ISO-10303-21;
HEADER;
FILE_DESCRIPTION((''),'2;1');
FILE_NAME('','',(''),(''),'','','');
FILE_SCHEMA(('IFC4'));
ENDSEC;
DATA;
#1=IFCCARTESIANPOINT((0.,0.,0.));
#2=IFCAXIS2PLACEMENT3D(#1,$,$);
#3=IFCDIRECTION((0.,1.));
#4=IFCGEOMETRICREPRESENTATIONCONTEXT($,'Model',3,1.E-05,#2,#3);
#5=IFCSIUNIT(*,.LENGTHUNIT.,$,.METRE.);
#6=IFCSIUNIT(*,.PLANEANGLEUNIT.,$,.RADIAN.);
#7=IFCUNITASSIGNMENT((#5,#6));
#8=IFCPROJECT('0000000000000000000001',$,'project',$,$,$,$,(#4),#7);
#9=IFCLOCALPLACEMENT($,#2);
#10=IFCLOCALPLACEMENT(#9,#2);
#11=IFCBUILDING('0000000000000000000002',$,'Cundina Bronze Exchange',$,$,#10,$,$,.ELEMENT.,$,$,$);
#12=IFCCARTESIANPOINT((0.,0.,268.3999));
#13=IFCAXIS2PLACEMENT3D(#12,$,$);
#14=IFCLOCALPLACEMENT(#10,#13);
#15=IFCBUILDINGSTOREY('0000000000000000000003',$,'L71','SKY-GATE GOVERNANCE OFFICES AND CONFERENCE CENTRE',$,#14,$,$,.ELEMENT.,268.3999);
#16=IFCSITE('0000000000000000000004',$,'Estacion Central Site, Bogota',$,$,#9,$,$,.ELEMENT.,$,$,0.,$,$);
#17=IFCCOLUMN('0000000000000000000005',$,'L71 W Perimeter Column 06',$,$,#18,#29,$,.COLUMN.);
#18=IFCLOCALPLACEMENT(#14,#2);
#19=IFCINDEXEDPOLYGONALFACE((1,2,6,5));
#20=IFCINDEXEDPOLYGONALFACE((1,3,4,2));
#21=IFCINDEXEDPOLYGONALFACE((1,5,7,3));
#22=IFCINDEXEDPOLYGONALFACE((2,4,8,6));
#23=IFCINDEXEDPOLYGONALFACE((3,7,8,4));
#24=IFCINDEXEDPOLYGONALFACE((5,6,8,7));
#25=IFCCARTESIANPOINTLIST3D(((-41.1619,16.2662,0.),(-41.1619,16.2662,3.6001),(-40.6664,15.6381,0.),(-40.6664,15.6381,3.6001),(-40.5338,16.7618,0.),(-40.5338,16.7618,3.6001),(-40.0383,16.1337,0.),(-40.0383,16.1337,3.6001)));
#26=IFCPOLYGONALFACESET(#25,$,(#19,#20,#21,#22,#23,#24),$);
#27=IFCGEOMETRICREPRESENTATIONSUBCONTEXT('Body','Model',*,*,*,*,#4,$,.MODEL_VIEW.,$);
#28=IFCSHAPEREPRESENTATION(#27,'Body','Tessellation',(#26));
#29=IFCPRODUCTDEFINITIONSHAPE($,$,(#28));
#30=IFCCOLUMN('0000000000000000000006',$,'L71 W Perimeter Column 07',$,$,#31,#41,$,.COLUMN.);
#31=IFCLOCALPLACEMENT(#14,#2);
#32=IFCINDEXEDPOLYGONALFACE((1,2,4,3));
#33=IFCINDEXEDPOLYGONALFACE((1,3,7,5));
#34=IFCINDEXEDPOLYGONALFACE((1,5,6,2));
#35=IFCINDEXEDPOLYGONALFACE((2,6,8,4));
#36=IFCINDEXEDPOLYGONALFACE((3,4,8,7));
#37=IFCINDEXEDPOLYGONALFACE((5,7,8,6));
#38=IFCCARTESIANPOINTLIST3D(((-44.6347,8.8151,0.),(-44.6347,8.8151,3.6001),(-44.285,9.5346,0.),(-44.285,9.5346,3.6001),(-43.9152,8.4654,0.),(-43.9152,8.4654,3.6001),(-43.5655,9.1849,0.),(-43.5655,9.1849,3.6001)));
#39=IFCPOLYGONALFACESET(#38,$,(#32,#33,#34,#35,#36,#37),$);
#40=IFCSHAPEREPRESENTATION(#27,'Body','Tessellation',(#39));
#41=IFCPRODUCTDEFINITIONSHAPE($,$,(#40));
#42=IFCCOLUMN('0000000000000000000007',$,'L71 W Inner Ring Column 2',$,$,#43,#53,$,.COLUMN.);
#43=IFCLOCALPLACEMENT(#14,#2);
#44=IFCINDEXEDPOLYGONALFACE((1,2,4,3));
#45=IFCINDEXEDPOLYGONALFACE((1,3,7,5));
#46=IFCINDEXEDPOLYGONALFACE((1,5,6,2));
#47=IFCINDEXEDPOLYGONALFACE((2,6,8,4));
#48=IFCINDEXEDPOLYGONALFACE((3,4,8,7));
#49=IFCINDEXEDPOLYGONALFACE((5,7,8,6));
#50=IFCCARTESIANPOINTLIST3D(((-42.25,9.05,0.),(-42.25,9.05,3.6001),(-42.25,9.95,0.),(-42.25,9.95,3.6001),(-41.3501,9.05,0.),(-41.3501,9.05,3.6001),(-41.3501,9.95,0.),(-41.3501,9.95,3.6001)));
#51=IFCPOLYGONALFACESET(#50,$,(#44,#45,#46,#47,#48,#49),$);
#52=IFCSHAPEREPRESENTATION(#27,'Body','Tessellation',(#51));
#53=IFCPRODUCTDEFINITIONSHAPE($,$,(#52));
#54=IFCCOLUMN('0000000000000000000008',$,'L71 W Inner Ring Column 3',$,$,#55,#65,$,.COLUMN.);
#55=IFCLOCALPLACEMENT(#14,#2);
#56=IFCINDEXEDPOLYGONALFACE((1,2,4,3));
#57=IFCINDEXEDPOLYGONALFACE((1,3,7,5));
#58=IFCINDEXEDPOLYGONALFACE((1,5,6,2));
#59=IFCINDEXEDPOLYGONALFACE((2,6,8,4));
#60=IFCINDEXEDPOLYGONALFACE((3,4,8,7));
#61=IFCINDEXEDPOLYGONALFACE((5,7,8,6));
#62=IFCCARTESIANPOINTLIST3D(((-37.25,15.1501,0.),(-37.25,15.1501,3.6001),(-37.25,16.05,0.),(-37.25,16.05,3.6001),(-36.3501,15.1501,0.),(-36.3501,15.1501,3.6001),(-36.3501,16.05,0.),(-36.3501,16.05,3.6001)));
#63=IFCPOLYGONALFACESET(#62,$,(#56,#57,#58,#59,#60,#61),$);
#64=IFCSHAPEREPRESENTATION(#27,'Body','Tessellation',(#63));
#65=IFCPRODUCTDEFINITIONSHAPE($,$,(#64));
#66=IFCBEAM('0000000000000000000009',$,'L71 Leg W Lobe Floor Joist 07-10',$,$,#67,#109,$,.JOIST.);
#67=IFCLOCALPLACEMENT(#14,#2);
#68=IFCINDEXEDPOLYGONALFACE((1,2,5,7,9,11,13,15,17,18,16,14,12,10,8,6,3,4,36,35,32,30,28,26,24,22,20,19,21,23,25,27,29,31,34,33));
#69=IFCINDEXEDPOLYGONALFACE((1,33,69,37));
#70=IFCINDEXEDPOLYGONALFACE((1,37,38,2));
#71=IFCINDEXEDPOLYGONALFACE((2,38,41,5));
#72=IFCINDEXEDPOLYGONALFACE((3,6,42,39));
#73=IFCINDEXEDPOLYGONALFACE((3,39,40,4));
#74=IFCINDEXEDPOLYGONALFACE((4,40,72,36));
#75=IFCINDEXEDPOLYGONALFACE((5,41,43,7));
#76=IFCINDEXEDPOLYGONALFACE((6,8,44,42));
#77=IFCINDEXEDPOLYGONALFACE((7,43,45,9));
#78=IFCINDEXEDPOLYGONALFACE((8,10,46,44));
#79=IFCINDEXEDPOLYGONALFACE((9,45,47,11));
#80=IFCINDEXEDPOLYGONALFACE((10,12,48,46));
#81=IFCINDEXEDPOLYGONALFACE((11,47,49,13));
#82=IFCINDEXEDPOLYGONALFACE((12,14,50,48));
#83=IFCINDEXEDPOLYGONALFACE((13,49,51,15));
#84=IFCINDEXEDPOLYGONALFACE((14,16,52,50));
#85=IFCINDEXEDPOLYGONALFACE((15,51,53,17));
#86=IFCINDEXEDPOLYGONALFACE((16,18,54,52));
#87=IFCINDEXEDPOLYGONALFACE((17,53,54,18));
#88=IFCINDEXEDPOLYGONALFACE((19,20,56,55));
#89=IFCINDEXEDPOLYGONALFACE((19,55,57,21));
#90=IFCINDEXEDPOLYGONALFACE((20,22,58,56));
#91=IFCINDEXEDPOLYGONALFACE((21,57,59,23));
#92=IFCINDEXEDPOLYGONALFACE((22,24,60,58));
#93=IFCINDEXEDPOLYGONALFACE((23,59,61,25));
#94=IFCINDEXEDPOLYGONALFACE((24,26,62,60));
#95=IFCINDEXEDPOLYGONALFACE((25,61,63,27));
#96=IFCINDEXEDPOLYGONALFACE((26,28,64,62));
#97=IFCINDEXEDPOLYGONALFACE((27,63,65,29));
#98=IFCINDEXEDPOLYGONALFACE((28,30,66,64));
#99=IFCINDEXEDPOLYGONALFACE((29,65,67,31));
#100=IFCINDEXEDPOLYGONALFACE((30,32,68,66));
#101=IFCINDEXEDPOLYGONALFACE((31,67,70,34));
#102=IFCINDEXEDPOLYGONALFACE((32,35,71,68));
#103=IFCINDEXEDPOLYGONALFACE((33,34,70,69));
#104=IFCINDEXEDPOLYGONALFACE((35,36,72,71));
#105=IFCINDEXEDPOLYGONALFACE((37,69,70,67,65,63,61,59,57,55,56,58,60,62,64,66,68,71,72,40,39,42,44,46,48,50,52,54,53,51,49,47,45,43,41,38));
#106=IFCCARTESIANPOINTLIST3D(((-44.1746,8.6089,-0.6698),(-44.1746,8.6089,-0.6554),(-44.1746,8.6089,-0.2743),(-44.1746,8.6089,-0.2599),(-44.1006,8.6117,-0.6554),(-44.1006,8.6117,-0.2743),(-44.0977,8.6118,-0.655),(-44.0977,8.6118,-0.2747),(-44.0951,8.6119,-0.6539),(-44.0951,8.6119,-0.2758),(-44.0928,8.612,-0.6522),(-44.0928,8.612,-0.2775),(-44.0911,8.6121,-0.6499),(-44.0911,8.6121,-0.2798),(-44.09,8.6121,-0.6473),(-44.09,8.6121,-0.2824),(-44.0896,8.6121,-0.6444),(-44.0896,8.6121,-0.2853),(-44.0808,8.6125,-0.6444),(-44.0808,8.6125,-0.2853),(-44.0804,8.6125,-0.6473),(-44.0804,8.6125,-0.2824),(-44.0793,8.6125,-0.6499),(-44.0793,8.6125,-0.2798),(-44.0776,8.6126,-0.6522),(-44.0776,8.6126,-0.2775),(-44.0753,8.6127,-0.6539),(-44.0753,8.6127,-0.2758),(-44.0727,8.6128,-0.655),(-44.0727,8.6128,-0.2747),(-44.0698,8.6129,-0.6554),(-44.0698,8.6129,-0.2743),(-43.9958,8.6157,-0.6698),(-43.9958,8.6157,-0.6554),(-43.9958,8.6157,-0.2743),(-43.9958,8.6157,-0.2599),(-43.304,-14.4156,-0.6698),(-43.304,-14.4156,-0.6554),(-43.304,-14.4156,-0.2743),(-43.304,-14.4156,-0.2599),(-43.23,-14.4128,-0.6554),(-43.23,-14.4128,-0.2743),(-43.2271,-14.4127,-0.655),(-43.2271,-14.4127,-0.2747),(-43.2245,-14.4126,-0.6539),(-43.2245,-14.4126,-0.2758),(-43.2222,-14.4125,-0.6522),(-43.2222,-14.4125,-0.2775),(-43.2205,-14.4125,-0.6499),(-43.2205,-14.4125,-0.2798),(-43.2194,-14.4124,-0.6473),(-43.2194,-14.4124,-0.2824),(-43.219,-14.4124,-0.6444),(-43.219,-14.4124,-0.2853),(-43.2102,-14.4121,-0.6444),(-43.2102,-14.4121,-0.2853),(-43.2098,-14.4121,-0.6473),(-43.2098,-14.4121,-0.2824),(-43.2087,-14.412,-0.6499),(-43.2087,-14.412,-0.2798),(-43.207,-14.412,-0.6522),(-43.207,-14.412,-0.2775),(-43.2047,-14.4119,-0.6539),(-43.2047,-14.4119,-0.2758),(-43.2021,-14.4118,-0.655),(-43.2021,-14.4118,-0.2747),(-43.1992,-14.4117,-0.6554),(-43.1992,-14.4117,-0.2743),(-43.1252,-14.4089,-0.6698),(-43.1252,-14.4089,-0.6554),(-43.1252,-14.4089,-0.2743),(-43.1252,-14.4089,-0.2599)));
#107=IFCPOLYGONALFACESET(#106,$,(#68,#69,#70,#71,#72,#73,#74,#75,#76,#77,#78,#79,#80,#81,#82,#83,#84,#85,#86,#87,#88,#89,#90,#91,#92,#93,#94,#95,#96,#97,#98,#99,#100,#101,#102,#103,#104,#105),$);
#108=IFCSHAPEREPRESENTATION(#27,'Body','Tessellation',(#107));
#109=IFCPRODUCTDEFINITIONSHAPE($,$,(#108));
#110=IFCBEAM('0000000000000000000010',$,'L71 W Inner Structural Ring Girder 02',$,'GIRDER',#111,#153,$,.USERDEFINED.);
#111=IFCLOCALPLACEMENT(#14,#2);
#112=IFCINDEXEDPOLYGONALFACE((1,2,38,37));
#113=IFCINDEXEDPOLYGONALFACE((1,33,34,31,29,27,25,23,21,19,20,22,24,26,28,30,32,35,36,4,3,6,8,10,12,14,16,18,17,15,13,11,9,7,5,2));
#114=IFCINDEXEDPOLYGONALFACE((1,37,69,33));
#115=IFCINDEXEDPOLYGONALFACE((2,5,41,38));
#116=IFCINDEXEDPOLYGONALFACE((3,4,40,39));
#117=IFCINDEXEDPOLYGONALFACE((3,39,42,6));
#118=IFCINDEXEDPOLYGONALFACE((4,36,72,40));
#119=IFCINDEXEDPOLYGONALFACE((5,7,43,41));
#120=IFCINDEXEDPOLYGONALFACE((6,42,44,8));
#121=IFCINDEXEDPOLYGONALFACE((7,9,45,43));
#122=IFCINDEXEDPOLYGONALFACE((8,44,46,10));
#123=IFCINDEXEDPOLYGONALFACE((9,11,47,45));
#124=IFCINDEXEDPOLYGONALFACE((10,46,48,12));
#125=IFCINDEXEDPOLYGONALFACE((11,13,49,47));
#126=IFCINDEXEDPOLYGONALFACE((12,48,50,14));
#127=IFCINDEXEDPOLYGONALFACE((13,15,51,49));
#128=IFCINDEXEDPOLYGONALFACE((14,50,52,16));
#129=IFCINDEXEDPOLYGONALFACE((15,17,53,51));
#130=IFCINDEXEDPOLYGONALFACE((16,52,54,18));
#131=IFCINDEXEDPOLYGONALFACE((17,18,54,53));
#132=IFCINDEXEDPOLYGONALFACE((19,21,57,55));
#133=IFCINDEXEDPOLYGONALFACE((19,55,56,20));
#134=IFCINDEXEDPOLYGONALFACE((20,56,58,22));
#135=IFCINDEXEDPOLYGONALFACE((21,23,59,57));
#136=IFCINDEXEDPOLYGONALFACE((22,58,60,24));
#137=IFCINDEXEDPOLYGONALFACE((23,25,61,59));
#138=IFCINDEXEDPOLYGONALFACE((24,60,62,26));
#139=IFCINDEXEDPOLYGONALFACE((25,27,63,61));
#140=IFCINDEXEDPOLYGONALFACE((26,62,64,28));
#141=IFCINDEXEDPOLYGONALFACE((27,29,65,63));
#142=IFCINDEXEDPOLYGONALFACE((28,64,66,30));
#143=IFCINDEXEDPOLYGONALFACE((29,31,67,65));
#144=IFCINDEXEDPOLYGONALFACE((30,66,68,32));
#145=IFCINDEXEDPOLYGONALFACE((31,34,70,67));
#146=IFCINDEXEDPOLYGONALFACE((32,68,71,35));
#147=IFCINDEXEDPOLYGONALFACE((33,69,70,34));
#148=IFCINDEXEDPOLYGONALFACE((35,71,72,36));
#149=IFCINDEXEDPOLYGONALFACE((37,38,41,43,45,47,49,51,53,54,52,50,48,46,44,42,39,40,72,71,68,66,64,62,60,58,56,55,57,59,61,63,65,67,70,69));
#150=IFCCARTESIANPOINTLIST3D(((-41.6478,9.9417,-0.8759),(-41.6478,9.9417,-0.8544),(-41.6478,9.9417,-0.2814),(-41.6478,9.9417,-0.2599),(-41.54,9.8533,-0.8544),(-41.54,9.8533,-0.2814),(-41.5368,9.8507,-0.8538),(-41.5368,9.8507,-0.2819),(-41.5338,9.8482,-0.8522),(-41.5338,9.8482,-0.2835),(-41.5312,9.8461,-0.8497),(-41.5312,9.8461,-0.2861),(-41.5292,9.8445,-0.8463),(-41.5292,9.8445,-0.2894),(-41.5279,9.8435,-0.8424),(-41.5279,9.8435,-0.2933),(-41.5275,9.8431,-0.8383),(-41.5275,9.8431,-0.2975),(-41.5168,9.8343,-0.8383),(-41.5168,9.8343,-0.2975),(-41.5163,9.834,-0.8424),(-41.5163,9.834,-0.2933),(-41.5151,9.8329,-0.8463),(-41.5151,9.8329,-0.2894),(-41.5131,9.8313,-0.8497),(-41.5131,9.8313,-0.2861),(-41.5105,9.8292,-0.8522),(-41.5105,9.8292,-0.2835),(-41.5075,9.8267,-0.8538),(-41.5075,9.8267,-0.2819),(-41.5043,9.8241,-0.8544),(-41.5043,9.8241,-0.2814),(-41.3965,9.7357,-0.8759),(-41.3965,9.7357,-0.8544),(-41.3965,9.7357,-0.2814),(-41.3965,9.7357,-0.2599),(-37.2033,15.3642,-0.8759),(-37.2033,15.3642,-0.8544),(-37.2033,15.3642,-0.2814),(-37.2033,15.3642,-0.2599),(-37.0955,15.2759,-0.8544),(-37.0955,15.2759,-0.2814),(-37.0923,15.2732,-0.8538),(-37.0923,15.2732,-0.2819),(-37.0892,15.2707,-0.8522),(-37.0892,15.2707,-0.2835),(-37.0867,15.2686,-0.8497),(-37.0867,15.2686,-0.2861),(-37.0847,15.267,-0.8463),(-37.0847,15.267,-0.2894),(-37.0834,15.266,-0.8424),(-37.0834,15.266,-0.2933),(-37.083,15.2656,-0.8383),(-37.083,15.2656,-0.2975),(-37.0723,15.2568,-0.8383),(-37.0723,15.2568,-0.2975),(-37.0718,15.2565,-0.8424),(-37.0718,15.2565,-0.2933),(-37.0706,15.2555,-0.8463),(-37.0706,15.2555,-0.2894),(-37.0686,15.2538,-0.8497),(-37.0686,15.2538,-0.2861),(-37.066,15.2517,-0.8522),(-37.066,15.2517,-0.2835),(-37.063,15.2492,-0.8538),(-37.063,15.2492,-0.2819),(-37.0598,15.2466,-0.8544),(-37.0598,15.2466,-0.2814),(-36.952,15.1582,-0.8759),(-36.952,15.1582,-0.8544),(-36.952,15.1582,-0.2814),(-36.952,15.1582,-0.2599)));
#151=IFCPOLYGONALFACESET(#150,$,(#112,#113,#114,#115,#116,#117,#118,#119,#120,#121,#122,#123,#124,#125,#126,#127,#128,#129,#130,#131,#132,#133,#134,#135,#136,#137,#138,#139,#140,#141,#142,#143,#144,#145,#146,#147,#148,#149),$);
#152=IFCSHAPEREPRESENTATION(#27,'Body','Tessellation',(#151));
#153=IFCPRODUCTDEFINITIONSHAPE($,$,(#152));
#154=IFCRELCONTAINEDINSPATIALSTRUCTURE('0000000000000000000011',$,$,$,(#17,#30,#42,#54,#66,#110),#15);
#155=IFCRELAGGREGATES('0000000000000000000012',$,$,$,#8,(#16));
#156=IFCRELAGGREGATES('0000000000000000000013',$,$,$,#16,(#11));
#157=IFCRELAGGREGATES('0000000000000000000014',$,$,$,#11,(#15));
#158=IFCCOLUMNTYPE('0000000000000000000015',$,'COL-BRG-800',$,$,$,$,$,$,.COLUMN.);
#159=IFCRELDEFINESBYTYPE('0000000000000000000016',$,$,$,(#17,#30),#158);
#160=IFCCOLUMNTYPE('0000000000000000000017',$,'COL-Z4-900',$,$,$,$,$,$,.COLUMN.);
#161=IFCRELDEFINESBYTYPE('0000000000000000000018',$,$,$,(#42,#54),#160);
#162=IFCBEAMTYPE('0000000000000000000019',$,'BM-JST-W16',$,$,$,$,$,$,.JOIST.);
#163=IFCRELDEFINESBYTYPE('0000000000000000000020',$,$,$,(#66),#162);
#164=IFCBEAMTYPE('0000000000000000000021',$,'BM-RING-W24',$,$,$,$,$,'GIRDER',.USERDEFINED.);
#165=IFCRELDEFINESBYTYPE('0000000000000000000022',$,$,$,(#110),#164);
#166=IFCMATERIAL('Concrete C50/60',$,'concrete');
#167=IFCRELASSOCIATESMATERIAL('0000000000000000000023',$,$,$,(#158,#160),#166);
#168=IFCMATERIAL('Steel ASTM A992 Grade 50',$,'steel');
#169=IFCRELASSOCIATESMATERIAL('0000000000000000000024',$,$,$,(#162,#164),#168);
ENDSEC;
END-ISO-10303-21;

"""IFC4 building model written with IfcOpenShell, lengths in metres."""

from ifc_helpers import new_model, si_unit, direction, frame, origin, origin_2d, place, context, subcontext, project, spatial, rectangle, i_section, extrude, material, material_profile, profile_set, type_object, element, save


model = new_model("IFC4")

# Units and contexts
model_context = context("Model", 3, precision=1e-05, world=origin(), true_north=direction((0.0, 1.0)))
body_context = subcontext(model_context, "Body", "Model", "MODEL_VIEW")
ifc_project = project(units=[si_unit("LENGTHUNIT", "METRE"), si_unit("PLANEANGLEUNIT", "RADIAN")], contexts=[model_context])

# Site, building, storey
site_placement = place(None, origin())
site = spatial("IfcSite", under=ifc_project, at=site_placement, Name="Estacion Central Site, Bogota", CompositionType="ELEMENT", RefElevation=0.0)
building_placement = place(site_placement, origin())
building = spatial("IfcBuilding", under=site, at=building_placement, Name="Cundina Bronze Exchange", CompositionType="ELEMENT")
storey_placement = place(building_placement, frame((0.0, 0.0, 268.3999)))
storey = spatial("IfcBuildingStorey", under=building, at=storey_placement, Name="L71", Description="SKY-GATE GOVERNANCE OFFICES AND CONFERENCE CENTRE", CompositionType="ELEMENT", Elevation=268.3999)

# Columns
ifc_material_1 = material(Name="Concrete C50/60", Category="concrete")
ifc_material_profile_1 = material_profile(ifc_material_1, rectangle(XDim=0.8, YDim=0.8, at=origin_2d()), Name="RC800X800", Category="concrete")
ifc_profile_set_1 = profile_set([ifc_material_profile_1], Name="Concrete C50/60")
column_type_1 = type_object("IfcColumnType", Name="COL-BRG-800", PredefinedType="COLUMN", material=ifc_profile_set_1)
for number, where, z_axis, x_axis, name in (
    (1, (-40.6001, 16.2, 0.0), (0.0, 0.0, 1.0), (-0.785101, -0.619368, 0.0), "L71 W Perimeter Column 06"),
    (2, (-44.1001, 9.0, 0.0), (0.0, 0.0, 1.0), (-0.437116, -0.899405, 0.0), "L71 W Perimeter Column 07"),
):
    element("IfcColumn", number, at=place(storey_placement, frame(where, z_axis=z_axis, x_axis=x_axis)), inside=storey, type_object=column_type_1, Name=name, PredefinedType="COLUMN", context=body_context, shape_type="SweptSolid", body=[
        extrude(rectangle(XDim=0.8, YDim=0.8, at=origin_2d()), origin(), (0.0, 0.0, 1.0), 3.6001),
    ])
ifc_material_profile_2 = material_profile(ifc_material_1, rectangle(XDim=0.8999, YDim=0.8999, at=origin_2d()), Name="RC900X900", Category="concrete")
ifc_profile_set_2 = profile_set([ifc_material_profile_2], Name="Concrete C50/60")
column_type_2 = type_object("IfcColumnType", Name="COL-Z4-900", PredefinedType="COLUMN", material=ifc_profile_set_2)
for number, where, z_axis, x_axis, name in (
    (3, (-41.8, 9.5, 0.0), (0.0, 0.0, 1.0), (1.0, 0.0, 0.0), "L71 W Inner Ring Column 2"),
    (4, (-36.8, 15.6001, 0.0), (0.0, 0.0, 1.0), (1.0, 0.0, 0.0), "L71 W Inner Ring Column 3"),
):
    element("IfcColumn", number, at=place(storey_placement, frame(where, z_axis=z_axis, x_axis=x_axis)), inside=storey, type_object=column_type_2, Name=name, PredefinedType="COLUMN", context=body_context, shape_type="SweptSolid", body=[
        extrude(rectangle(XDim=0.8999, YDim=0.8999, at=origin_2d()), origin(), (0.0, 0.0, 1.0), 3.6001),
    ])

# Beams
ifc_material_2 = material(Name="Steel ASTM A992 Grade 50", Category="steel")
ifc_material_profile_3 = material_profile(ifc_material_2, i_section(OverallWidth=0.179, OverallDepth=0.4099, WebThickness=0.0088, FlangeThickness=0.0144, FilletRadius=0.011, at=origin_2d()), Name="W16X45", Category="steel")
ifc_profile_set_3 = profile_set([ifc_material_profile_3], Name="Steel ASTM A992 Grade 50")
beam_type_1 = type_object("IfcBeamType", Name="BM-JST-W16", PredefinedType="JOIST", material=ifc_profile_set_3)
beam_1_placement = place(storey_placement, frame((-44.0852, 8.6123, -0.4648), z_axis=(0.037785, -0.999286, 0.0), x_axis=(0.999286, 0.037785, 0.0)))
element("IfcBeam", 5, at=beam_1_placement, inside=storey, type_object=beam_type_1, Name="L71 Leg W Lobe Floor Joist 07-10", PredefinedType="JOIST", context=body_context, shape_type="SweptSolid", body=[
    extrude(i_section(OverallWidth=0.179, OverallDepth=0.4099, WebThickness=0.0088, FlangeThickness=0.0144, FilletRadius=0.011, at=origin_2d()), origin(), (0.0, 0.0, 1.0), 23.041),
])
ifc_material_profile_4 = material_profile(ifc_material_2, i_section(OverallWidth=0.325, OverallDepth=0.616, WebThickness=0.0139, FlangeThickness=0.0215, FilletRadius=0.0161, at=origin_2d()), Name="W24X117", Category="steel")
ifc_profile_set_4 = profile_set([ifc_material_profile_4], Name="Steel ASTM A992 Grade 50")
beam_type_2 = type_object("IfcBeamType", Name="BM-RING-W24", ElementType="GIRDER", PredefinedType="USERDEFINED", material=ifc_profile_set_4)
beam_2_placement = place(storey_placement, frame((-37.0776, 15.2612, -0.5679), z_axis=(-0.633913, -0.773405, 0.0), x_axis=(0.773405, -0.633913, 0.0)))
element("IfcBeam", 6, at=beam_2_placement, inside=storey, type_object=beam_type_2, Name="L71 W Inner Structural Ring Girder 02", ObjectType="GIRDER", PredefinedType="USERDEFINED", context=body_context, shape_type="SweptSolid", body=[
    extrude(i_section(OverallWidth=0.325, OverallDepth=0.616, WebThickness=0.0139, FlangeThickness=0.0215, FilletRadius=0.0161, at=origin_2d()), origin(), (0.0, 0.0, 1.0), 7.0112),
])

save(model, "model.ifc")
